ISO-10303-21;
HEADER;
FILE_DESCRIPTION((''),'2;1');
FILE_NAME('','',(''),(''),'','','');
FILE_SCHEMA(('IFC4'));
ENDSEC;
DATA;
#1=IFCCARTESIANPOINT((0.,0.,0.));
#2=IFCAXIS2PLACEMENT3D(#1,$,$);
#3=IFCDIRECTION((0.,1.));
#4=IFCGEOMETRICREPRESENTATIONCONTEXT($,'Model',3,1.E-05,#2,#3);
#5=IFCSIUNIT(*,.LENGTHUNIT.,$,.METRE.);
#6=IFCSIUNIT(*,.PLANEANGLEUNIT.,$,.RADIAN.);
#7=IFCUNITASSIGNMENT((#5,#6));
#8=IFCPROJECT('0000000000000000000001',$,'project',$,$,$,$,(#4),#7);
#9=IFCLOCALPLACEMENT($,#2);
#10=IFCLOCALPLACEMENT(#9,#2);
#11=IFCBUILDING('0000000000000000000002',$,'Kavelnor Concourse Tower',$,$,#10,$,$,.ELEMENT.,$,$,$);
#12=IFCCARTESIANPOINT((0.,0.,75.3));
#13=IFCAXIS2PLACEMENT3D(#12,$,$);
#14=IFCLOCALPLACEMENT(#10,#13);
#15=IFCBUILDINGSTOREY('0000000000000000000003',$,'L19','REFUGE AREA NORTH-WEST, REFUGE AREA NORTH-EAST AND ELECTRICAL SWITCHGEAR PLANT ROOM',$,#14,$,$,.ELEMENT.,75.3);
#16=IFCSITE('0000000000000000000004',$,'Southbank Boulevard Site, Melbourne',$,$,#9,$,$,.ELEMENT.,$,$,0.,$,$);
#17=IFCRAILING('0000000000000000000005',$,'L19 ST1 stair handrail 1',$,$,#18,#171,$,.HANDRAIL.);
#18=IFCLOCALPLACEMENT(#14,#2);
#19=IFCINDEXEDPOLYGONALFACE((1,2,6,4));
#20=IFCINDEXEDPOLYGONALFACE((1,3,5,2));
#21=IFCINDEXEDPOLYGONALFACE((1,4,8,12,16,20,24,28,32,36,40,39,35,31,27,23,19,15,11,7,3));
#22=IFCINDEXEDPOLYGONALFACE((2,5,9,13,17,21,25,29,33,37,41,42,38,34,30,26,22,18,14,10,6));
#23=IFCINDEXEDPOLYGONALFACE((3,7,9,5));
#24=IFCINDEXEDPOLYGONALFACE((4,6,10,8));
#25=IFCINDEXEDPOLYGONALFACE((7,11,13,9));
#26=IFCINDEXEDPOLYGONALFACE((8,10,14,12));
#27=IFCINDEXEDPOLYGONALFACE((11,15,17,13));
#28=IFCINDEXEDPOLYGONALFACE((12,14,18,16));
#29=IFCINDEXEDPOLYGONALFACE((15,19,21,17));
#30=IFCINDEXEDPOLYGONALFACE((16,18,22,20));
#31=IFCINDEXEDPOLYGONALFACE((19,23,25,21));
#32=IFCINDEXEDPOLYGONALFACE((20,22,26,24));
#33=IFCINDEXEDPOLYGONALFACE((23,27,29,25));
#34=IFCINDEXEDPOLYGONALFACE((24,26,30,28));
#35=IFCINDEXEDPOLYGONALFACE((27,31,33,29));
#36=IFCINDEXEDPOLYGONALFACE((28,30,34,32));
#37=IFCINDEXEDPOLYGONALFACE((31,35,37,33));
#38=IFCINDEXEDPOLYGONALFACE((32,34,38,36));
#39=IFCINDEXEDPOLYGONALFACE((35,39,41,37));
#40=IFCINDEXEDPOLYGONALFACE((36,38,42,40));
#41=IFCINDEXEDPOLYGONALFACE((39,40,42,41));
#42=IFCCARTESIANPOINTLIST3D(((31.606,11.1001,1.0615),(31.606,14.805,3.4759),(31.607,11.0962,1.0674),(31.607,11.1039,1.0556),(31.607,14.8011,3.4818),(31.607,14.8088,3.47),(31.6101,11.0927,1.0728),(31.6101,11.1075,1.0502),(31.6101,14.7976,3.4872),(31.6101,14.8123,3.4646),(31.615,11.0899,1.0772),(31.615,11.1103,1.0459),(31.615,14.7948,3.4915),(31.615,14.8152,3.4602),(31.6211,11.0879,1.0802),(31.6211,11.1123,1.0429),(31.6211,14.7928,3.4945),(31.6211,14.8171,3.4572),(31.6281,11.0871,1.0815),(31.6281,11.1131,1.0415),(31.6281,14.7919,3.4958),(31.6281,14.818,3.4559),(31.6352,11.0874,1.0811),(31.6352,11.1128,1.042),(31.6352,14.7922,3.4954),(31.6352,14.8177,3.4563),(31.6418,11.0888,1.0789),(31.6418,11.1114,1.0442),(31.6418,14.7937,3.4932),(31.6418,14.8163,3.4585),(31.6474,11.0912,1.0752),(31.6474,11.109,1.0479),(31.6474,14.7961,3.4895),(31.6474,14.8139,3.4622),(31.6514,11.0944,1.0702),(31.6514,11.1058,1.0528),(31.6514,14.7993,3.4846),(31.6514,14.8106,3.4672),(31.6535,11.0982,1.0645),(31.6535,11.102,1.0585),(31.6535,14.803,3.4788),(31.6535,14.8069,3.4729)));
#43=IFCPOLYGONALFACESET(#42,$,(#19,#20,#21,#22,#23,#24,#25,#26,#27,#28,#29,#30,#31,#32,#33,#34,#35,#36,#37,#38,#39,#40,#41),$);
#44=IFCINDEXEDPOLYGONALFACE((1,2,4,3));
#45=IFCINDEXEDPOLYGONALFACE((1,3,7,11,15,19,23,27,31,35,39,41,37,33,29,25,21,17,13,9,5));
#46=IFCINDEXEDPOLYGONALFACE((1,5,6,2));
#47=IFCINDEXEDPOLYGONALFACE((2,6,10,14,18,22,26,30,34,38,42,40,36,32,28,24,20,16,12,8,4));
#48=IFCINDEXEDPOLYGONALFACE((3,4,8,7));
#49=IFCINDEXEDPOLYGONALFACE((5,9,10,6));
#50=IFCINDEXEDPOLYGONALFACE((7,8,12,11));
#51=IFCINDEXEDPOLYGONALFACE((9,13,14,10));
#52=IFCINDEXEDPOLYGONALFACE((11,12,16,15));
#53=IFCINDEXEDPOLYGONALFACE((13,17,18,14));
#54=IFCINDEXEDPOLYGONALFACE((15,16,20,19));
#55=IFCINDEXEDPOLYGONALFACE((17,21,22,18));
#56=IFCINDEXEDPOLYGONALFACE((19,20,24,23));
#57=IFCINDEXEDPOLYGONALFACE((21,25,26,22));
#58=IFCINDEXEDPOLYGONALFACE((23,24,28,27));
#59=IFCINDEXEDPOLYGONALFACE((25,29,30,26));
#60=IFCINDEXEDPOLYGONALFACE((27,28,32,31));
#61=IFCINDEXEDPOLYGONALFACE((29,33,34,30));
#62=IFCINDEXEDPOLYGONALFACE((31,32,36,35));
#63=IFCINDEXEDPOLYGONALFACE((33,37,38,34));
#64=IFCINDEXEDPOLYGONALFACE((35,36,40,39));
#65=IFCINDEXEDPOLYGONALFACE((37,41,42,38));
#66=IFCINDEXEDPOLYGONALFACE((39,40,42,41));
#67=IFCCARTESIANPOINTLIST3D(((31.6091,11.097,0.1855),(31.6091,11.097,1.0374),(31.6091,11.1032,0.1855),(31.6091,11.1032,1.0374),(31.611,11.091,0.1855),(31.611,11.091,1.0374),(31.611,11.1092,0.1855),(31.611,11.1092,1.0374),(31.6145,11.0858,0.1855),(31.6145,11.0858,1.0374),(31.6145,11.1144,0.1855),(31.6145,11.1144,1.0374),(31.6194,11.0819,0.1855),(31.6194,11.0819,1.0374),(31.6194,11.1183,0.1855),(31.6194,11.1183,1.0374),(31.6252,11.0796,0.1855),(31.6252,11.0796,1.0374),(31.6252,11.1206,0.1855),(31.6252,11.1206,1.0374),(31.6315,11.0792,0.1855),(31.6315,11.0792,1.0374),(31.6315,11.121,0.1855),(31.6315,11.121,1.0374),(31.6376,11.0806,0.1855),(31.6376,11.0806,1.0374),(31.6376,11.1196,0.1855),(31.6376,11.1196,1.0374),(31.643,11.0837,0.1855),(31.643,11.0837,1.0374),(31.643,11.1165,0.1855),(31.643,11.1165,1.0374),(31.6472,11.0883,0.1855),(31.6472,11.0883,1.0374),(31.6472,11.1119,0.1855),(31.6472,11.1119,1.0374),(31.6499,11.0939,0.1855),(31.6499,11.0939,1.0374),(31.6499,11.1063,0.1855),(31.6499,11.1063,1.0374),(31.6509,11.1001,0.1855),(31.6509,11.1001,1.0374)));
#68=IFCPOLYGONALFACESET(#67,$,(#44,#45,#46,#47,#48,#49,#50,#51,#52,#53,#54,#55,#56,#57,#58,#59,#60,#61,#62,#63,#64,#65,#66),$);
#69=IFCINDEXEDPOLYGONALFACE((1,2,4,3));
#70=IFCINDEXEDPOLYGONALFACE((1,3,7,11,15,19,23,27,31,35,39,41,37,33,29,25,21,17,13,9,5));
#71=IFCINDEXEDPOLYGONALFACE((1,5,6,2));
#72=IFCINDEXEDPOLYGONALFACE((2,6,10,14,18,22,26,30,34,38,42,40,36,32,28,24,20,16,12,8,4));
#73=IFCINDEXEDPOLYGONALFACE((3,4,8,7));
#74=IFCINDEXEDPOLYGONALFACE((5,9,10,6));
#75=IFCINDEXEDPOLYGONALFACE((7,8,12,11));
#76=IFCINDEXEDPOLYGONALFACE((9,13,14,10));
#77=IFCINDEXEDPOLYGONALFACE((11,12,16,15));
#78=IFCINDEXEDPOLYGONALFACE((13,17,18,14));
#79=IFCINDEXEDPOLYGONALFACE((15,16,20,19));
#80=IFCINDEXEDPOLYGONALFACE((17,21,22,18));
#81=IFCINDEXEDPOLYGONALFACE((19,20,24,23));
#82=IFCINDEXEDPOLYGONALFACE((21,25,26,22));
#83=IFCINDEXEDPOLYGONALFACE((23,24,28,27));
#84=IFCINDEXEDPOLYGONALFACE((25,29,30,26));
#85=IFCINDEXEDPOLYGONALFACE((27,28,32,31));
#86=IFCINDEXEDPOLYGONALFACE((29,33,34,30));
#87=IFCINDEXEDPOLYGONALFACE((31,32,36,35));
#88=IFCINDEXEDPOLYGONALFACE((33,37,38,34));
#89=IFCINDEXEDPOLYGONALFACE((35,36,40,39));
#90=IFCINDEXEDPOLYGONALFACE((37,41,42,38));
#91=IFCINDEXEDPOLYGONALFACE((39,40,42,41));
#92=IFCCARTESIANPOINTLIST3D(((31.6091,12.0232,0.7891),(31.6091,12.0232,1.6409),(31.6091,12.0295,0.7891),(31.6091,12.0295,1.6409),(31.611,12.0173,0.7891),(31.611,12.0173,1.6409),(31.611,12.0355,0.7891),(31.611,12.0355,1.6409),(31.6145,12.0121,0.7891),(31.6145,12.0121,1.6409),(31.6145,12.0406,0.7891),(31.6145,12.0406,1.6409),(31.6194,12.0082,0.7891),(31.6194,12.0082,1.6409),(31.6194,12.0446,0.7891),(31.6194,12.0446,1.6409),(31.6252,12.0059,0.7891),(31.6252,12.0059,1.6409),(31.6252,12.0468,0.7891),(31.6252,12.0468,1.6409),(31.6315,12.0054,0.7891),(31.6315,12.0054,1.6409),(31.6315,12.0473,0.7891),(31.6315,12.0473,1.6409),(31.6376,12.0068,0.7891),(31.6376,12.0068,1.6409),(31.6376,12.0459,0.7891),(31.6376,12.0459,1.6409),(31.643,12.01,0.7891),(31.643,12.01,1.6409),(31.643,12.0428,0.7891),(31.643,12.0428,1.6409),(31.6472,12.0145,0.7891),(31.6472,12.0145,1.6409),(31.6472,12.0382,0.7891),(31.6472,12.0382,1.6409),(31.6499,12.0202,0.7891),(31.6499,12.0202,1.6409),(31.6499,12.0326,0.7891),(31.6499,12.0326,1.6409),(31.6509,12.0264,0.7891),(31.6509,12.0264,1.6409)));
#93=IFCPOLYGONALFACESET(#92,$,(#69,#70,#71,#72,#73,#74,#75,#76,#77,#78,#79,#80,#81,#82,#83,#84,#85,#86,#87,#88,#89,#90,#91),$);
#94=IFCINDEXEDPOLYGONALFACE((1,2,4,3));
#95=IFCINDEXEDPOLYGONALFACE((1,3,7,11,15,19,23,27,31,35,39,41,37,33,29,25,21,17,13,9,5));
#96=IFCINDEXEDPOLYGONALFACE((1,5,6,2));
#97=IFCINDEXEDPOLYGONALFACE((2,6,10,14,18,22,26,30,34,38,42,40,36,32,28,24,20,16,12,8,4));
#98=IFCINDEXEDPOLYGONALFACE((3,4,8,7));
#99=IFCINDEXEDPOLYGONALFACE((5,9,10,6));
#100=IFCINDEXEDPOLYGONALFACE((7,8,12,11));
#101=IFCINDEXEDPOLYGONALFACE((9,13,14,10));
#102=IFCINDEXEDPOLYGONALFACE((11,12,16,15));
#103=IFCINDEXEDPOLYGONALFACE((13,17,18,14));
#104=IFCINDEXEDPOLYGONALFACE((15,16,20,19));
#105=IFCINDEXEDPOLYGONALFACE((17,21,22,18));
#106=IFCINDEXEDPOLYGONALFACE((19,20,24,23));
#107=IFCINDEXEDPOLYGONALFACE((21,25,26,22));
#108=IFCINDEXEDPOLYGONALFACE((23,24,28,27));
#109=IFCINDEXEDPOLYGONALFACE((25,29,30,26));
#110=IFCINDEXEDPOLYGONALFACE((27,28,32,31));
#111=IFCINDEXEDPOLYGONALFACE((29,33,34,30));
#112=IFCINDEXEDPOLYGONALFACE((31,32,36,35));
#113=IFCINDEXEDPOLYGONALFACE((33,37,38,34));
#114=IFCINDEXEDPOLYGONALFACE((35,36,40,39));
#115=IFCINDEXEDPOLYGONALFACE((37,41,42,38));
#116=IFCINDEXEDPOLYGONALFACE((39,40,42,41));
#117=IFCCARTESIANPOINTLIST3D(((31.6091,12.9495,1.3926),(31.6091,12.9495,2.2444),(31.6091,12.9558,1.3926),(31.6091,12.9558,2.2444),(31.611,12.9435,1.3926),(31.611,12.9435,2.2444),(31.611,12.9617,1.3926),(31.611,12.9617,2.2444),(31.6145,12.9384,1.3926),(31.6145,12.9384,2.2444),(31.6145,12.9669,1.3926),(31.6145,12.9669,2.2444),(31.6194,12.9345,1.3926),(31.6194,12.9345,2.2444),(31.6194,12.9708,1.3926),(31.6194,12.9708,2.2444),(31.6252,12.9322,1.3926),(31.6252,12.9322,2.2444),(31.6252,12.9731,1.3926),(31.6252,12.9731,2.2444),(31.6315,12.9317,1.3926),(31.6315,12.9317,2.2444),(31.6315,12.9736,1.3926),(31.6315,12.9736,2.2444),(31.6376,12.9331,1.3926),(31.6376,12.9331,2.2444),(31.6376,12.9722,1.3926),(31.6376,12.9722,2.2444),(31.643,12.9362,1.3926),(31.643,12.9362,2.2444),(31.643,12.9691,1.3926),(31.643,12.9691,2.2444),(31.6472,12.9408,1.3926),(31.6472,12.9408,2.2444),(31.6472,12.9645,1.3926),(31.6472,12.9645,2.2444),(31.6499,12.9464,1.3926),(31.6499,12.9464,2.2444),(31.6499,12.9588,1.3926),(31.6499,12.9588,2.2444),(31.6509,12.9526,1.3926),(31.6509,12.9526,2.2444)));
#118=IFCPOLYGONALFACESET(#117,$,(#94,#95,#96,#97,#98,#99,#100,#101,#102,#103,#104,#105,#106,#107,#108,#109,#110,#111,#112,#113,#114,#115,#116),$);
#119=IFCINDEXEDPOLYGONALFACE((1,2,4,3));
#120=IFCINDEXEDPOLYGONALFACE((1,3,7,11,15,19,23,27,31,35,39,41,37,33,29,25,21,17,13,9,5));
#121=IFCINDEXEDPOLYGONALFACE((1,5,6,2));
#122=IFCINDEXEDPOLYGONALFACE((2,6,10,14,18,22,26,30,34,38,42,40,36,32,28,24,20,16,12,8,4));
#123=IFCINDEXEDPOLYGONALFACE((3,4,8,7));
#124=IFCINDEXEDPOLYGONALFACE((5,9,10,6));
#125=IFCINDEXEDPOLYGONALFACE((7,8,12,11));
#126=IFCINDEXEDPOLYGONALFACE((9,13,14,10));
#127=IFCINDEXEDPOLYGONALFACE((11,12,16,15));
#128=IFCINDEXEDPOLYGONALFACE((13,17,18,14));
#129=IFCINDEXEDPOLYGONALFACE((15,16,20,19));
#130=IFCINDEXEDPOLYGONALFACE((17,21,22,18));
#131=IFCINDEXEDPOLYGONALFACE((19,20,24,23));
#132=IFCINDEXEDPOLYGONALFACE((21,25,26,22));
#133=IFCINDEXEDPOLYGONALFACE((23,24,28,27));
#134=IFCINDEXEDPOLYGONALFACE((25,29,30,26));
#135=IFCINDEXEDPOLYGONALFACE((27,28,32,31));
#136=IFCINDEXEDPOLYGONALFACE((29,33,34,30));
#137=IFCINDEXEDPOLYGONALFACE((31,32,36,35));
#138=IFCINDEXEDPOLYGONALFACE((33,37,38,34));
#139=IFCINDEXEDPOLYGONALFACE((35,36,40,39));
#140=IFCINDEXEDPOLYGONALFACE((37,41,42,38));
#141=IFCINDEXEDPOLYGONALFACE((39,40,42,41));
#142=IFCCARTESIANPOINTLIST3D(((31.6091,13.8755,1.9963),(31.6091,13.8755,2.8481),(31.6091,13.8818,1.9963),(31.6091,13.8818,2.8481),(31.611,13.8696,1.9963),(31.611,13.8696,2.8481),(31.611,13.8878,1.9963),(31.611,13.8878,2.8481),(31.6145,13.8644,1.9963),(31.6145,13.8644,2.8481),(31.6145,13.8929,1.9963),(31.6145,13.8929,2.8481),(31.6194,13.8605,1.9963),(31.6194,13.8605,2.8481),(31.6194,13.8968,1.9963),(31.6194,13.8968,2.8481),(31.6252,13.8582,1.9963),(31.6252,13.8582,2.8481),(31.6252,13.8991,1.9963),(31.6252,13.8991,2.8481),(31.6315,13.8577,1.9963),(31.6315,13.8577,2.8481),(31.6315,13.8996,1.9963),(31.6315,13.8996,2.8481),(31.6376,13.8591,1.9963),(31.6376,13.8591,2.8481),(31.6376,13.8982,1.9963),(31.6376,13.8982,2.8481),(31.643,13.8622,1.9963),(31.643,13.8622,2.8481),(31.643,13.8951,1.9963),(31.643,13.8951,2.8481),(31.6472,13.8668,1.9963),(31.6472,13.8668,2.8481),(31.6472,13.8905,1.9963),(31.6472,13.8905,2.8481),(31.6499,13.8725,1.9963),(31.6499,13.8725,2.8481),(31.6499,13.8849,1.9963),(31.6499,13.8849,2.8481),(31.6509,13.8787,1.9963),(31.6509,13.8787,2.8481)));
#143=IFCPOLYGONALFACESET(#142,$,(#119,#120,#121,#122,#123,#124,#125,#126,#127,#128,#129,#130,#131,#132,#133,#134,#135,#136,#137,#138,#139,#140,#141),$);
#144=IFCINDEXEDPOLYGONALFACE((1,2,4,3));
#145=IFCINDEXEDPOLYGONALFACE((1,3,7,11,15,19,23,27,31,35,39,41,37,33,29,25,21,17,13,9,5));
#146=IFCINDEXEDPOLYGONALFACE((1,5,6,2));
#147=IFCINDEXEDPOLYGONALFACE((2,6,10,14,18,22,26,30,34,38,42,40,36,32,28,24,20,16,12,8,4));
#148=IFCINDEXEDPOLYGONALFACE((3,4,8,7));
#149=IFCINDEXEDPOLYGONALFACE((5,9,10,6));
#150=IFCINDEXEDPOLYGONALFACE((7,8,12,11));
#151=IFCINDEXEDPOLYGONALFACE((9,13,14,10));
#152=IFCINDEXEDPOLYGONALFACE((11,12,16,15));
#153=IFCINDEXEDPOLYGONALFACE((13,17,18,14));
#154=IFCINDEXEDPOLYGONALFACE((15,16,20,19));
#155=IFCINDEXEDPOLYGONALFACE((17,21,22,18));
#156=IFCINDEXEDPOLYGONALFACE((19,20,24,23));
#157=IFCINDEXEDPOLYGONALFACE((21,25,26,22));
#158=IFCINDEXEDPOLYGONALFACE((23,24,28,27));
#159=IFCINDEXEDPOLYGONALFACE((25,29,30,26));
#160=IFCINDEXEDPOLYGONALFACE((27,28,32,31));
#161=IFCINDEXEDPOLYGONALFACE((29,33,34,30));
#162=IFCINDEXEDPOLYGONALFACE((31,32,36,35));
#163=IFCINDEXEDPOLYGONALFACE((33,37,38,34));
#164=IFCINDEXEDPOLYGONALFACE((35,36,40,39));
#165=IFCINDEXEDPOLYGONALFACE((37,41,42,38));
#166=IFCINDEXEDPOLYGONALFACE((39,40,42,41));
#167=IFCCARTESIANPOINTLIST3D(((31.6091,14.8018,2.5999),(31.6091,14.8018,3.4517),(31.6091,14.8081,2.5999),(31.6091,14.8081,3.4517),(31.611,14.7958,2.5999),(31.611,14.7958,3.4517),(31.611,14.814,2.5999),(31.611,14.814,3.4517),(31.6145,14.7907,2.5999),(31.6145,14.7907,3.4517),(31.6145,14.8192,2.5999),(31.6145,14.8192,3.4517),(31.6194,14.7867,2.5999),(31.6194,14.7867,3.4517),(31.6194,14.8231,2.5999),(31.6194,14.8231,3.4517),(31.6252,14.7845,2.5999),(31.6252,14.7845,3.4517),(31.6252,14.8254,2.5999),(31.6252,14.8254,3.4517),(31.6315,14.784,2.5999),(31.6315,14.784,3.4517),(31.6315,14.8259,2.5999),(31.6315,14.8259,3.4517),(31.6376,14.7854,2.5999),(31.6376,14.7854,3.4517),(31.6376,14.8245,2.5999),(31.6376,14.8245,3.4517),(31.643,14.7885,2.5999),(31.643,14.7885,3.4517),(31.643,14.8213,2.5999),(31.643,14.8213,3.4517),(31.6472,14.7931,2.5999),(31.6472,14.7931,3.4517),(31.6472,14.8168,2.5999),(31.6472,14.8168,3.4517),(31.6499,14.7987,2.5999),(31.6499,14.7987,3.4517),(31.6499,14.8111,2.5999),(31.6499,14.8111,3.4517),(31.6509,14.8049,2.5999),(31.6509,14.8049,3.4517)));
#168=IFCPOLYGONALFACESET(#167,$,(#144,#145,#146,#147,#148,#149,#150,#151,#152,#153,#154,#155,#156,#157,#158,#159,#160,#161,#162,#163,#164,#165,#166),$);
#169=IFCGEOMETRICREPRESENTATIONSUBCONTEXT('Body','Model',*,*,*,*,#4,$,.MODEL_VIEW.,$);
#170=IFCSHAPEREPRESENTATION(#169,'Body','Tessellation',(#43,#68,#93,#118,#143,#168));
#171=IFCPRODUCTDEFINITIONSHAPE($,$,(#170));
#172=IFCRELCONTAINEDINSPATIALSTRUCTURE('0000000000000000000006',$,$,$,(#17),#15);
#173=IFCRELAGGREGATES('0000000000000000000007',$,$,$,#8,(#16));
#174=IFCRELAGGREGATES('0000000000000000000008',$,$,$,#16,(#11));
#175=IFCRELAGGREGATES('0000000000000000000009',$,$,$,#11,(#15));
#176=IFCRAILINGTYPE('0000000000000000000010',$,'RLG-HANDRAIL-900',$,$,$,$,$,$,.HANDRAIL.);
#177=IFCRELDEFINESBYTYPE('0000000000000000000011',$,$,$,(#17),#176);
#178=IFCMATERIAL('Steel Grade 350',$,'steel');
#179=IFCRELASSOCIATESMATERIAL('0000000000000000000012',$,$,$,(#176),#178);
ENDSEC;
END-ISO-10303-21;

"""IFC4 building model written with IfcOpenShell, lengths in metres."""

from ifc_helpers import new_model, si_unit, direction, frame, origin, origin_2d, place, context, subcontext, project, spatial, circle, extrude, material, type_object, element, save


model = new_model("IFC4")

# Units and contexts
model_context = context("Model", 3, precision=1e-05, world=origin(), true_north=direction((0.0, 1.0)))
body_context = subcontext(model_context, "Body", "Model", "MODEL_VIEW")
ifc_project = project(units=[si_unit("LENGTHUNIT", "METRE"), si_unit("PLANEANGLEUNIT", "RADIAN")], contexts=[model_context])

# Site, building, storey
site_placement = place(None, origin())
site = spatial("IfcSite", under=ifc_project, at=site_placement, Name="Southbank Boulevard Site, Melbourne", CompositionType="ELEMENT", RefElevation=0.0)
building_placement = place(site_placement, origin())
building = spatial("IfcBuilding", under=site, at=building_placement, Name="Kavelnor Concourse Tower", CompositionType="ELEMENT")
storey_placement = place(building_placement, frame((0.0, 0.0, 75.3)))
storey = spatial("IfcBuildingStorey", under=building, at=storey_placement, Name="L19", Description="REFUGE AREA NORTH-WEST, REFUGE AREA NORTH-EAST AND ELECTRICAL SWITCHGEAR PLANT ROOM", CompositionType="ELEMENT", Elevation=75.3)

# Shared definitions
ifc_material_1 = material(Name="Steel Grade 350", Category="steel")

# Railing
railing_type_1 = type_object("IfcRailingType", Name="RLG-HANDRAIL-900", PredefinedType="HANDRAIL", material=ifc_material_1)
railing_1_placement = place(storey_placement, frame((31.6299, 11.1001, 0.1855)))
element("IfcRailing", 1, at=railing_1_placement, inside=storey, type_object=railing_type_1, Name="L19 ST1 stair handrail 1", PredefinedType="HANDRAIL", context=body_context, shape_type="SweptSolid", body=[
    extrude(circle(Radius=0.0239, at=origin_2d()), frame((0.0, 0.0, 0.876), z_axis=(0.0, 0.837806, 0.545968), x_axis=(-1.0, 0.0, 0.0)), (0.0, 0.0, 1.0), 4.4221),
    extrude(circle(Radius=0.021, at=origin_2d()), origin(), (0.0, 0.0, 1.0), 0.8518),
    extrude(circle(Radius=0.021, at=origin_2d()), frame((0.0, 0.9263, 0.6035)), (0.0, 0.0, 1.0), 0.8518),
    extrude(circle(Radius=0.021, at=origin_2d()), frame((0.0, 1.8525, 1.207)), (0.0, 0.0, 1.0), 0.8518),
    extrude(circle(Radius=0.021, at=origin_2d()), frame((0.0, 2.7786, 1.8108)), (0.0, 0.0, 1.0), 0.8518),
    extrude(circle(Radius=0.021, at=origin_2d()), frame((0.0, 3.7048, 2.4143)), (0.0, 0.0, 1.0), 0.8518),
])

save(model, "model.ifc")
